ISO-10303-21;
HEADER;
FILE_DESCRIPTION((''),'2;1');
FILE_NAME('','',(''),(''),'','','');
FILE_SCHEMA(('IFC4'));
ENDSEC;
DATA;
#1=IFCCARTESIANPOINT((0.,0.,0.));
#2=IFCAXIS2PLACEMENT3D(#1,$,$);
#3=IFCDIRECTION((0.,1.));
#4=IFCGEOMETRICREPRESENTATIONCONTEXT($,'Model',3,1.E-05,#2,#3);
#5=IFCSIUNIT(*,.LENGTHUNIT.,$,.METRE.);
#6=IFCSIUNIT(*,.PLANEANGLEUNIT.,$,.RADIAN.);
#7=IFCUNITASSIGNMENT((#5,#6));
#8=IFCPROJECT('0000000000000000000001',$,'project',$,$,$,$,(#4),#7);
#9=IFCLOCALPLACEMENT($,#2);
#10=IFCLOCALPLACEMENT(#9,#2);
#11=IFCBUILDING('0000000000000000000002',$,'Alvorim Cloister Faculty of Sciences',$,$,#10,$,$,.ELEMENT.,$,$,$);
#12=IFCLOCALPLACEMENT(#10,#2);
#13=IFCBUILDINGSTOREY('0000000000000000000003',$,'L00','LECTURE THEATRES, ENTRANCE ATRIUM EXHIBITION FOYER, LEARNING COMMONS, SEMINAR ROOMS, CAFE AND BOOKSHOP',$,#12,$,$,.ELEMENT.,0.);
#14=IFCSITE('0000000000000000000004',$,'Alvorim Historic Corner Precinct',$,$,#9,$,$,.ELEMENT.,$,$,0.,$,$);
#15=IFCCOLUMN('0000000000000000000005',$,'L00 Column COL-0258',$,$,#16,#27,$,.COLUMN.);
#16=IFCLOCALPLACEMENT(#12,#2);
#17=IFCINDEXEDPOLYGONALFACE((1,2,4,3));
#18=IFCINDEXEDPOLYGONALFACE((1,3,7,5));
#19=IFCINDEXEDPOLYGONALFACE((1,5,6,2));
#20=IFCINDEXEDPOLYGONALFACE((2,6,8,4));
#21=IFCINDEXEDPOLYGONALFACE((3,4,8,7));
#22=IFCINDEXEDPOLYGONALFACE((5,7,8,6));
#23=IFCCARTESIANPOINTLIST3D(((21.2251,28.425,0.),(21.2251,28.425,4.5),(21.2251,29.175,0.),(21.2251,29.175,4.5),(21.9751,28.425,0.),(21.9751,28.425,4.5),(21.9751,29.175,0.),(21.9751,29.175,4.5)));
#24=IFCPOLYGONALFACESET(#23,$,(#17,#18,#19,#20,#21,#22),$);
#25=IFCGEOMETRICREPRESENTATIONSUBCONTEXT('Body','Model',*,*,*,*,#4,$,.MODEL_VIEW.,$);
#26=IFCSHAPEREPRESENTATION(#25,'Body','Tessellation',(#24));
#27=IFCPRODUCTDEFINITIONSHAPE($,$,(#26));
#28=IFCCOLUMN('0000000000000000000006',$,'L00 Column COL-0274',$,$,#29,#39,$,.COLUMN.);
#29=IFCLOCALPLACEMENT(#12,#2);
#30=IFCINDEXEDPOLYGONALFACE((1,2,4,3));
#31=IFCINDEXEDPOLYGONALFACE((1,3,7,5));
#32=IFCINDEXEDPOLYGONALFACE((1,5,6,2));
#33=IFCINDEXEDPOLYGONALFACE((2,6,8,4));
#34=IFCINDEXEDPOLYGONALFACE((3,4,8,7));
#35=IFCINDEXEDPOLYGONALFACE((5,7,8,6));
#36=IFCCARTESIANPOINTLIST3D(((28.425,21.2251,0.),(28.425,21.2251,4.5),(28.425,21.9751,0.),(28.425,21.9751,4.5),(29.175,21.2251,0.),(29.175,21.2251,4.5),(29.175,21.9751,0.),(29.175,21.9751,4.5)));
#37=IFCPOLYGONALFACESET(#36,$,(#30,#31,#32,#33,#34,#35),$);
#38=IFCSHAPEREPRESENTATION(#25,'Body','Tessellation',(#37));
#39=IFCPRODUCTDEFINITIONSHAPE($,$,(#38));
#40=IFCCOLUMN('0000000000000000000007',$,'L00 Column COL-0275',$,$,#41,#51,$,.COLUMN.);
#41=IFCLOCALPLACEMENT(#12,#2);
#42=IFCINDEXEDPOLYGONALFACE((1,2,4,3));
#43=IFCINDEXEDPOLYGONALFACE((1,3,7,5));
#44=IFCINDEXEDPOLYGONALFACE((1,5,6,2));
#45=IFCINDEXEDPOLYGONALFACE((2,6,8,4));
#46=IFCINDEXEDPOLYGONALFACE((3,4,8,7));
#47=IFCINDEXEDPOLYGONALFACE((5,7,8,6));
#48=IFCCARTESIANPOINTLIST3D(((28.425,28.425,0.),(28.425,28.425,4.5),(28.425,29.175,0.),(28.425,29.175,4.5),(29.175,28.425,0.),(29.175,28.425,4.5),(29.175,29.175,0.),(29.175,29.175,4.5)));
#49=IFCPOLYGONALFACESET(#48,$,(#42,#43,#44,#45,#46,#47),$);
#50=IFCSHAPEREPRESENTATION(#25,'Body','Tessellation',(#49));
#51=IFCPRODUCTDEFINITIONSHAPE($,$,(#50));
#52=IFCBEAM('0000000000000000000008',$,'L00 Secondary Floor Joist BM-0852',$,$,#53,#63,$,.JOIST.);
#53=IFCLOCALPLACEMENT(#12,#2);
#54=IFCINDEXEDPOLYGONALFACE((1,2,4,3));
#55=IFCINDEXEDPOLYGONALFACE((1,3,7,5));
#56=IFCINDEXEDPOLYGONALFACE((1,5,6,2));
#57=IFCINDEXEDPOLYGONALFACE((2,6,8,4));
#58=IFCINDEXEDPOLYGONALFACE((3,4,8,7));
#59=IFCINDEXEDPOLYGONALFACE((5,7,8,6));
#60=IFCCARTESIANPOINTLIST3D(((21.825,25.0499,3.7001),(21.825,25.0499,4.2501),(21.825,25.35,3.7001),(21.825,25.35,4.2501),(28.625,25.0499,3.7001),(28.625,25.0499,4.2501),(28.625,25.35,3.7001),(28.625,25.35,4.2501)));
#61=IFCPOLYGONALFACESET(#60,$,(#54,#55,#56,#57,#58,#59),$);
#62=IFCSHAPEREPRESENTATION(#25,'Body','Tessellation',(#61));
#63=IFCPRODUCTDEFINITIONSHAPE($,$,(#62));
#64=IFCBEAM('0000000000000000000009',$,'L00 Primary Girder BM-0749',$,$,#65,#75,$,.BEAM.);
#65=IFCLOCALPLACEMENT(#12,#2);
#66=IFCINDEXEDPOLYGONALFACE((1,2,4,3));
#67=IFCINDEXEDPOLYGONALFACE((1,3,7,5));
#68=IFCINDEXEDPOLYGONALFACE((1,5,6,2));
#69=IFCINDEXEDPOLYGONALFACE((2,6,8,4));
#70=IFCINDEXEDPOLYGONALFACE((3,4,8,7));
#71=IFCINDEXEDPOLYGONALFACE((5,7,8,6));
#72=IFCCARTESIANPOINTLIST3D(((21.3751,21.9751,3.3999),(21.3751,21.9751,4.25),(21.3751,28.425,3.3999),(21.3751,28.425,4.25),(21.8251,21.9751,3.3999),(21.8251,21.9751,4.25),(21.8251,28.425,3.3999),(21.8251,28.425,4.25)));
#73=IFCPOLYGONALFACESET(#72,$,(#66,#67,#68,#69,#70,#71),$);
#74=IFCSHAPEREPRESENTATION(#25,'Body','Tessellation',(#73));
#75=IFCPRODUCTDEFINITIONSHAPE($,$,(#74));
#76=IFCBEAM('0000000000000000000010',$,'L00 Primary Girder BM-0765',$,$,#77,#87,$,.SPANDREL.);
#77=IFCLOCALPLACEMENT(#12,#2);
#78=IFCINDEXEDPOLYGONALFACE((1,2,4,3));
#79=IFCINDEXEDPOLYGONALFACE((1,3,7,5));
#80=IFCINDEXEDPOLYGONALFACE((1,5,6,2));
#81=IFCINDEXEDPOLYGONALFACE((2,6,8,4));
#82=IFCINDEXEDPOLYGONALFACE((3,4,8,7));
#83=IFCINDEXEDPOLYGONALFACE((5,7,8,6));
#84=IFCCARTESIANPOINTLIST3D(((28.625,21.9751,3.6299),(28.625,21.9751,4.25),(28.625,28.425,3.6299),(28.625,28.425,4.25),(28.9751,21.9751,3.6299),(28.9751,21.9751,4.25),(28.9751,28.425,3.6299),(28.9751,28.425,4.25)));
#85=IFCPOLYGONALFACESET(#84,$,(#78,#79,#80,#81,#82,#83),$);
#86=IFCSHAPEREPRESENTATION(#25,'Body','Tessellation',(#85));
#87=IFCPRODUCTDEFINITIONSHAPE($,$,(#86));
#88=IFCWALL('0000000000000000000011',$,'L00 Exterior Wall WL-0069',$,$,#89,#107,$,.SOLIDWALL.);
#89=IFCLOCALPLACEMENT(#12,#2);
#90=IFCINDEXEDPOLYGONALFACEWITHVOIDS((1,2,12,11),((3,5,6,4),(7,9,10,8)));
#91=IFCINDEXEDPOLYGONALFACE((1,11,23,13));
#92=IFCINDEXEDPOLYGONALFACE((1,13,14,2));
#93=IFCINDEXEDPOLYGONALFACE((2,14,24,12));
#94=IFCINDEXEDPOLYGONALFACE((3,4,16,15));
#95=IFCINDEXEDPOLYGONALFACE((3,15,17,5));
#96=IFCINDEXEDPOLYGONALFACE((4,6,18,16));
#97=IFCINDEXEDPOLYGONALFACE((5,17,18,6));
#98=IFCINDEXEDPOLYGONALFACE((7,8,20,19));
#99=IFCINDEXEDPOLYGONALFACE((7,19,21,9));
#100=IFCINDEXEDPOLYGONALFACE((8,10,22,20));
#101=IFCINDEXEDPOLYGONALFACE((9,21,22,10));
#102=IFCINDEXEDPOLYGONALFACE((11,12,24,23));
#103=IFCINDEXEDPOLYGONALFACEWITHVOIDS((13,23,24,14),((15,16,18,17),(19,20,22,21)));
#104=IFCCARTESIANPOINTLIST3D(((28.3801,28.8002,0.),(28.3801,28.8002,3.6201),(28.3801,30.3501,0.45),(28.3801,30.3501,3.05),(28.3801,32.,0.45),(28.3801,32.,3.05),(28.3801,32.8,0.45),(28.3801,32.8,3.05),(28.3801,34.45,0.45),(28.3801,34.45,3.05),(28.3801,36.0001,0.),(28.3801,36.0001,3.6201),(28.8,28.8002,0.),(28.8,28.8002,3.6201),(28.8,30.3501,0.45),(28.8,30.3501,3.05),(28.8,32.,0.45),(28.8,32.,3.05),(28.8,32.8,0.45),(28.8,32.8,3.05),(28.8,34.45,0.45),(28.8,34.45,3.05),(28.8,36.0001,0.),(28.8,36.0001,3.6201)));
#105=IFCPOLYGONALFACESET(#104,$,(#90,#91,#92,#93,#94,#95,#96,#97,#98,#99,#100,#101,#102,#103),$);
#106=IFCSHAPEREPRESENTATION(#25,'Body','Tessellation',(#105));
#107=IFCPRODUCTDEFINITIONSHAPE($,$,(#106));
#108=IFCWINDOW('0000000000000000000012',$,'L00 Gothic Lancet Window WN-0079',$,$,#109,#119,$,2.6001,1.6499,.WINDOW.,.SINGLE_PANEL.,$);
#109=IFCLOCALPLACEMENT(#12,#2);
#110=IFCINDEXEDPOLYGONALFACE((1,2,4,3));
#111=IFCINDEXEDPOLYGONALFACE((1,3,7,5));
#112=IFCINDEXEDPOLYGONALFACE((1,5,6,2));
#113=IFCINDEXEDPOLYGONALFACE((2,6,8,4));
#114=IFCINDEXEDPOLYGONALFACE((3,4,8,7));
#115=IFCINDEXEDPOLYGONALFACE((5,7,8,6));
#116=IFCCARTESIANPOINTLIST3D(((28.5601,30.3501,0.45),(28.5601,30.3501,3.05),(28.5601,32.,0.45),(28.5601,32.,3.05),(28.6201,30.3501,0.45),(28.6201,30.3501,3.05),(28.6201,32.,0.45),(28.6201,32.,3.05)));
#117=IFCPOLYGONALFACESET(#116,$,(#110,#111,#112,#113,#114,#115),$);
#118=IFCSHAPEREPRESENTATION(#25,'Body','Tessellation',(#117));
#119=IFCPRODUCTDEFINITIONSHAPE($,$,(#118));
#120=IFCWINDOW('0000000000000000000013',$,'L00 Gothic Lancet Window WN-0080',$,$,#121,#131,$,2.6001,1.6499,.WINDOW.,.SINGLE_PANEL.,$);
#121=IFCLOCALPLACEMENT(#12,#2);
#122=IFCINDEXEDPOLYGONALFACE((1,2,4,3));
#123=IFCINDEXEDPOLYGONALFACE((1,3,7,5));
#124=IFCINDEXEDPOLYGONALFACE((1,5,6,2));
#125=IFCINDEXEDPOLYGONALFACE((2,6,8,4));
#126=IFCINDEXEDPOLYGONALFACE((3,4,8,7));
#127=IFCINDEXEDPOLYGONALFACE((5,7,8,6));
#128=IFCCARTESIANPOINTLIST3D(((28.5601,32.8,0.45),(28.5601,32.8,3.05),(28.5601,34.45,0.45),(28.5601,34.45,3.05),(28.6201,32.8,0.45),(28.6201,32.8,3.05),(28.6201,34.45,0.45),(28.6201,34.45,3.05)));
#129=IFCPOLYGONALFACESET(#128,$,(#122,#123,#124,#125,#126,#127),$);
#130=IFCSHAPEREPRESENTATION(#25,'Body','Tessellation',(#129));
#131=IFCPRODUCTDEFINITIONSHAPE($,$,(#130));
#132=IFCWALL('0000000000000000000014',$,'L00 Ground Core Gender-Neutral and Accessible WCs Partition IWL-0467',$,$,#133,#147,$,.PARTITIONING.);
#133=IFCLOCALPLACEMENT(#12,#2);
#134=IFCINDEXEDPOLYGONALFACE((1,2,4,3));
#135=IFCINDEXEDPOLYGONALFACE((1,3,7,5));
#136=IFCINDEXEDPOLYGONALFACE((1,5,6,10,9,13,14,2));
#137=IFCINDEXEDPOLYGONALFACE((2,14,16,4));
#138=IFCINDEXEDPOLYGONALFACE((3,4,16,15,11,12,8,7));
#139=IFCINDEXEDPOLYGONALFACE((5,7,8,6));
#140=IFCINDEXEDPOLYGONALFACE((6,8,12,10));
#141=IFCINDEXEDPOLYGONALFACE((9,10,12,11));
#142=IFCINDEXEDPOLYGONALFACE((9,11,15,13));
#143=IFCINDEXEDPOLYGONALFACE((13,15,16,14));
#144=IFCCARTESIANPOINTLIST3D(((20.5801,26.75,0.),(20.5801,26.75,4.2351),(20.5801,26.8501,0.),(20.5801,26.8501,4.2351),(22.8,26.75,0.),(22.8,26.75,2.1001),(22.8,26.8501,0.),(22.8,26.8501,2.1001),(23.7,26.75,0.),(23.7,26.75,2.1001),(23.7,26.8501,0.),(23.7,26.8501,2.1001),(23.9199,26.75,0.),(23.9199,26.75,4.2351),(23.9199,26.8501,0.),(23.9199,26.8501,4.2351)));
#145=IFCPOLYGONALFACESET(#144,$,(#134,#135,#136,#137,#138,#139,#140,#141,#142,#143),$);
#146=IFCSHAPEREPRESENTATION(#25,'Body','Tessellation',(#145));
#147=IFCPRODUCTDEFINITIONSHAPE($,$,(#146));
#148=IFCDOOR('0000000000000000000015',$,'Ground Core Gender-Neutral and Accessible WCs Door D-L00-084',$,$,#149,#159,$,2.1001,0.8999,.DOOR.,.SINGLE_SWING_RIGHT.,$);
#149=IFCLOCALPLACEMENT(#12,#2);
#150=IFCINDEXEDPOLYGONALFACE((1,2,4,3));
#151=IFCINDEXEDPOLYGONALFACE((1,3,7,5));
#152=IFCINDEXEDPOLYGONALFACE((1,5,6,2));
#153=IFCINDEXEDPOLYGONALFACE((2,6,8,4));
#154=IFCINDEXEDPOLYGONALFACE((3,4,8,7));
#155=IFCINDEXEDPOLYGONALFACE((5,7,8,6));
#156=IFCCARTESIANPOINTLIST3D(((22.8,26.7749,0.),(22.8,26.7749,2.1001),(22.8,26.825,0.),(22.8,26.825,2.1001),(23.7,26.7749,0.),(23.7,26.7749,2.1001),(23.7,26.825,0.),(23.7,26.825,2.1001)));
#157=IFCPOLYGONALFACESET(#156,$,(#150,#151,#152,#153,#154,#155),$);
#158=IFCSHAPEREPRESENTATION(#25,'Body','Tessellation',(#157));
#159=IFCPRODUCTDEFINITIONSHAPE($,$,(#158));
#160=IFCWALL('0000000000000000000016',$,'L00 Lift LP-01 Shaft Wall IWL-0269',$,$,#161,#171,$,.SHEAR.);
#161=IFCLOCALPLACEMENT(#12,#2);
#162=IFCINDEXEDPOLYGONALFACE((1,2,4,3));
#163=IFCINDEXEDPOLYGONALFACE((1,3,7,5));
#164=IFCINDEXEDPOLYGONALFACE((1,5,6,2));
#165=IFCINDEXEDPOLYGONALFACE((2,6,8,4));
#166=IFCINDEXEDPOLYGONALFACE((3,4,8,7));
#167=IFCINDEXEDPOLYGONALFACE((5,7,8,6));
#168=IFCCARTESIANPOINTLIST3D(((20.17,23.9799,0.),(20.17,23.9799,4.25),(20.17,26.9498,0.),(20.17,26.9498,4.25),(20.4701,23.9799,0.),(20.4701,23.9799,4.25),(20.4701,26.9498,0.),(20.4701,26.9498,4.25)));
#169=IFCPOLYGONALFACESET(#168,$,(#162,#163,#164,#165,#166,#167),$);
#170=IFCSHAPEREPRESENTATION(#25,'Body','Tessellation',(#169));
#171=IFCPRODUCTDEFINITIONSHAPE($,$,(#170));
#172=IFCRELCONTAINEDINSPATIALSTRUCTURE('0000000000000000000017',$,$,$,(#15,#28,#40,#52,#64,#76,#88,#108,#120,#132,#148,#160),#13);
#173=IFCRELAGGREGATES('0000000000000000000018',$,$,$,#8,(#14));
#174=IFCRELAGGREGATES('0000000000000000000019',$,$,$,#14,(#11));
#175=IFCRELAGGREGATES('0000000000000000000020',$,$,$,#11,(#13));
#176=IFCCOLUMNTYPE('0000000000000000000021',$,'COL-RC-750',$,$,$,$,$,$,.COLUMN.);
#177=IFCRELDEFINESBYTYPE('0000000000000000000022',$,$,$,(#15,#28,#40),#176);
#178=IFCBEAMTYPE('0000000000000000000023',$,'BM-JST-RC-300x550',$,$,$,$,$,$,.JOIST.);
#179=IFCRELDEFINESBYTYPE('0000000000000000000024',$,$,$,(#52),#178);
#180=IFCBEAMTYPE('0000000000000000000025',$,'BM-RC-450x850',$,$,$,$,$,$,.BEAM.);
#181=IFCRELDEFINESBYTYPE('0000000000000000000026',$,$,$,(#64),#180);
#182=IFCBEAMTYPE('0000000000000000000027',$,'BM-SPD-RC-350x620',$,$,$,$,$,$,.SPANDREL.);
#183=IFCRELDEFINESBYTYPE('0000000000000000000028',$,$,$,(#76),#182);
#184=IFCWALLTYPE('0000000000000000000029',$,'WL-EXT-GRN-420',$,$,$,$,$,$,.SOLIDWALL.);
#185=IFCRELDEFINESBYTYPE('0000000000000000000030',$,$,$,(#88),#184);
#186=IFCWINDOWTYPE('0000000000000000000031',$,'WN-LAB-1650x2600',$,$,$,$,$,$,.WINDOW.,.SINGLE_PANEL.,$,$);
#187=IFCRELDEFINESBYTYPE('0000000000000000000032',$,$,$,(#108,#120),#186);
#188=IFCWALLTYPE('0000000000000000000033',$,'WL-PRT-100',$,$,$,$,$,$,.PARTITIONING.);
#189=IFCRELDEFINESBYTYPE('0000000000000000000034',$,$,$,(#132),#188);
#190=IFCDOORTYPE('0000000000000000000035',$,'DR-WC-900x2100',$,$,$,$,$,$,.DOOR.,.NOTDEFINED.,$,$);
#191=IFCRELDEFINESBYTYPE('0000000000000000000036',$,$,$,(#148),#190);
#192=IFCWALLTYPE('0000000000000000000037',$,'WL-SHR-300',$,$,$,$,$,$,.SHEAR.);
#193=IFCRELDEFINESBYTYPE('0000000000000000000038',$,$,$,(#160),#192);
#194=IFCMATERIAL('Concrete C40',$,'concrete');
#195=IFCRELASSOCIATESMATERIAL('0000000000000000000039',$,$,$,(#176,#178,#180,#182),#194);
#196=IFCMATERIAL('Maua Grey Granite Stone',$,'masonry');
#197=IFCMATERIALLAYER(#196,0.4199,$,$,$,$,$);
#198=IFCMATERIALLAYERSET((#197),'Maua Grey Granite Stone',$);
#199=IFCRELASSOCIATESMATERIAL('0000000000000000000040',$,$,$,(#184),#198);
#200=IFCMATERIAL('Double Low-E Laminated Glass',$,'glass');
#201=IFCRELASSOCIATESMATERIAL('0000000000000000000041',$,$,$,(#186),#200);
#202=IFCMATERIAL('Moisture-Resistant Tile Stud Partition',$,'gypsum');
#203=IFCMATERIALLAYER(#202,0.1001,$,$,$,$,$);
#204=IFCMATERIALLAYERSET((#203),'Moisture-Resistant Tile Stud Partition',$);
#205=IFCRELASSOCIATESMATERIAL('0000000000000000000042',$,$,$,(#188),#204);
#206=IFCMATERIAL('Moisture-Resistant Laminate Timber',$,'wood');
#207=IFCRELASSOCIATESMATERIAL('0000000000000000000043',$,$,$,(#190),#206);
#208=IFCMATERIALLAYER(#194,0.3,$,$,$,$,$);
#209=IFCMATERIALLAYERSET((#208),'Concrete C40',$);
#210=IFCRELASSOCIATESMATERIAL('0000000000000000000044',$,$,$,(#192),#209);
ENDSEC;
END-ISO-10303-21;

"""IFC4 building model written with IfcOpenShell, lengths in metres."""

from ifc_helpers import new_model, si_unit, direction, frame, frame_2d, origin, origin_2d, place, context, subcontext, project, spatial, rectangle, extrude, material, layer, layer_set, material_profile, profile_set, type_object, element, fill, save


model = new_model("IFC4")

# Units and contexts
model_context = context("Model", 3, precision=1e-05, world=origin(), true_north=direction((0.0, 1.0)))
body_context = subcontext(model_context, "Body", "Model", "MODEL_VIEW")
ifc_project = project(units=[si_unit("LENGTHUNIT", "METRE"), si_unit("PLANEANGLEUNIT", "RADIAN")], contexts=[model_context])

# Site, building, storey
site_placement = place(None, origin())
site = spatial("IfcSite", under=ifc_project, at=site_placement, Name="Alvorim Historic Corner Precinct", CompositionType="ELEMENT", RefElevation=0.0)
building_placement = place(site_placement, origin())
building = spatial("IfcBuilding", under=site, at=building_placement, Name="Alvorim Cloister Faculty of Sciences", CompositionType="ELEMENT")
storey_placement = place(building_placement, origin())
storey = spatial("IfcBuildingStorey", under=building, at=storey_placement, Name="L00", Description="LECTURE THEATRES, ENTRANCE ATRIUM EXHIBITION FOYER, LEARNING COMMONS, SEMINAR ROOMS, CAFE AND BOOKSHOP", CompositionType="ELEMENT", Elevation=0.0)

# Columns
ifc_material_1 = material(Name="Concrete C40", Category="concrete")
ifc_material_profile_1 = material_profile(ifc_material_1, rectangle(XDim=0.75, YDim=0.75, at=origin_2d()), Name="RC40-COL-750x750")
ifc_profile_set_1 = profile_set([ifc_material_profile_1], Name="Concrete C40")
column_type = type_object("IfcColumnType", Name="COL-RC-750", PredefinedType="COLUMN", material=ifc_profile_set_1)
for number, where, z_axis, x_axis, name in (
    (1, (21.6001, 28.8, 0.0), (0.0, 0.0, 1.0), (1.0, 0.0, 0.0), "L00 Column COL-0258"),
    (2, (28.8, 21.6001, 0.0), (0.0, 0.0, 1.0), (1.0, 0.0, 0.0), "L00 Column COL-0274"),
    (3, (28.8, 28.8, 0.0), (0.0, 0.0, 1.0), (1.0, 0.0, 0.0), "L00 Column COL-0275"),
):
    element("IfcColumn", number, at=place(storey_placement, frame(where, z_axis=z_axis, x_axis=x_axis)), inside=storey, type_object=column_type, Name=name, PredefinedType="COLUMN", context=body_context, shape_type="SweptSolid", body=[
        extrude(rectangle(XDim=0.75, YDim=0.75, at=origin_2d()), origin(), (0.0, 0.0, 1.0), 4.5),
    ])

# Beams
ifc_material_profile_2 = material_profile(ifc_material_1, rectangle(XDim=0.3, YDim=0.55, at=origin_2d()), Name="RC40-JST-300x550")
ifc_profile_set_2 = profile_set([ifc_material_profile_2], Name="Concrete C40")
beam_type_1 = type_object("IfcBeamType", Name="BM-JST-RC-300x550", PredefinedType="JOIST", material=ifc_profile_set_2)
beam_1_placement = place(storey_placement, frame((21.825, 25.2, 3.9751), z_axis=(1.0, 0.0, 0.0), x_axis=(0.0, 1.0, 0.0)))
element("IfcBeam", 4, at=beam_1_placement, inside=storey, type_object=beam_type_1, Name="L00 Secondary Floor Joist BM-0852", PredefinedType="JOIST", context=body_context, shape_type="SweptSolid", body=[
    extrude(rectangle(XDim=0.3, YDim=0.55, at=origin_2d()), origin(), (0.0, 0.0, 1.0), 6.8),
])
ifc_material_profile_3 = material_profile(ifc_material_1, rectangle(XDim=0.45, YDim=0.8501, at=origin_2d()), Name="RC40-BM-450x850")
ifc_profile_set_3 = profile_set([ifc_material_profile_3], Name="Concrete C40")
beam_type_2 = type_object("IfcBeamType", Name="BM-RC-450x850", PredefinedType="BEAM", material=ifc_profile_set_3)
beam_2_placement = place(storey_placement, frame((21.6001, 21.9751, 3.825), z_axis=(0.0, 1.0, 0.0), x_axis=(-1.0, 0.0, 0.0)))
element("IfcBeam", 5, at=beam_2_placement, inside=storey, type_object=beam_type_2, Name="L00 Primary Girder BM-0749", PredefinedType="BEAM", context=body_context, shape_type="SweptSolid", body=[
    extrude(rectangle(XDim=0.45, YDim=0.8501, at=origin_2d()), origin(), (0.0, 0.0, 1.0), 6.45),
])
ifc_material_profile_4 = material_profile(ifc_material_1, rectangle(XDim=0.3501, YDim=0.6201, at=origin_2d()), Name="RC40-SPD-350x620")
ifc_profile_set_4 = profile_set([ifc_material_profile_4], Name="Concrete C40")
beam_type_3 = type_object("IfcBeamType", Name="BM-SPD-RC-350x620", PredefinedType="SPANDREL", material=ifc_profile_set_4)
beam_3_placement = place(storey_placement, frame((28.8, 21.9751, 3.9399), z_axis=(0.0, 1.0, 0.0), x_axis=(-1.0, 0.0, 0.0)))
element("IfcBeam", 6, at=beam_3_placement, inside=storey, type_object=beam_type_3, Name="L00 Primary Girder BM-0765", PredefinedType="SPANDREL", context=body_context, shape_type="SweptSolid", body=[
    extrude(rectangle(XDim=0.3501, YDim=0.6201, at=origin_2d()), origin(), (0.0, 0.0, 1.0), 6.45),
])

# Wall, openings, windows
ifc_material_2 = material(Name="Maua Grey Granite Stone", Category="masonry")
ifc_layer_1 = layer(ifc_material_2, 0.4199)
ifc_layer_set_1 = layer_set([ifc_layer_1], Name="Maua Grey Granite Stone")
wall_type_1 = type_object("IfcWallType", Name="WL-EXT-GRN-420", PredefinedType="SOLIDWALL", material=ifc_layer_set_1)
wall_1_placement = place(storey_placement, frame((28.5901, 28.8, 0.0), z_axis=(0.0, 0.0, 1.0), x_axis=(0.0, 1.0, 0.0)))
wall_1 = element("IfcWall", 7, at=wall_1_placement, inside=storey, type_object=wall_type_1, Name="L00 Exterior Wall WL-0069", PredefinedType="SOLIDWALL", context=body_context, shape_type="SweptSolid", body=[
    extrude(rectangle(XDim=7.2, YDim=0.4199, at=frame_2d((3.6001, 0.0))), origin(), (0.0, 0.0, 1.0), 3.6201),
])
opening_1_placement = place(wall_1_placement, frame((1.55, 0.0, 0.45)))
opening_1 = element("IfcOpeningElement", 8, at=opening_1_placement, cuts=wall_1, PredefinedType="OPENING", context=body_context, shape_type="SweptSolid", body=[
    extrude(rectangle(XDim=1.6499, YDim=2.6001, at=frame_2d((0.825, 1.3))), frame((0.0, 0.2219, 0.0), z_axis=(0.0, -1.0, 0.0), x_axis=(1.0, 0.0, 0.0)), (0.0, 0.0, 1.0), 0.4438),
])
opening_2_placement = place(wall_1_placement, frame((4.0, 0.0, 0.45)))
opening_2 = element("IfcOpeningElement", 9, at=opening_2_placement, cuts=wall_1, PredefinedType="OPENING", context=body_context, shape_type="SweptSolid", body=[
    extrude(rectangle(XDim=1.6499, YDim=2.6001, at=frame_2d((0.825, 1.3))), frame((0.0, 0.2219, 0.0), z_axis=(0.0, -1.0, 0.0), x_axis=(1.0, 0.0, 0.0)), (0.0, 0.0, 1.0), 0.4438),
])
ifc_material_3 = material(Name="Double Low-E Laminated Glass", Category="glass")
window_type = type_object("IfcWindowType", Name="WN-LAB-1650x2600", PartitioningType="SINGLE_PANEL", PredefinedType="WINDOW", material=ifc_material_3)
window_1_placement = place(opening_1_placement, origin())
window_1 = element("IfcWindow", 10, at=window_1_placement, inside=storey, type_object=window_type, Name="L00 Gothic Lancet Window WN-0079", OverallHeight=2.6001, OverallWidth=1.6499, PartitioningType="SINGLE_PANEL", PredefinedType="WINDOW", context=body_context, shape_type="SweptSolid", body=[
    extrude(rectangle(XDim=1.6499, YDim=2.6001, at=frame_2d((0.825, 1.3))), frame((0.0, 0.03, 0.0), z_axis=(0.0, -1.0, 0.0), x_axis=(1.0, 0.0, 0.0)), (0.0, 0.0, 1.0), 0.0601),
])
fill(opening_1, window_1)
window_2_placement = place(opening_2_placement, origin())
window_2 = element("IfcWindow", 11, at=window_2_placement, inside=storey, type_object=window_type, Name="L00 Gothic Lancet Window WN-0080", OverallHeight=2.6001, OverallWidth=1.6499, PartitioningType="SINGLE_PANEL", PredefinedType="WINDOW", context=body_context, shape_type="SweptSolid", body=[
    extrude(rectangle(XDim=1.6499, YDim=2.6001, at=frame_2d((0.825, 1.3))), frame((0.0, 0.03, 0.0), z_axis=(0.0, -1.0, 0.0), x_axis=(1.0, 0.0, 0.0)), (0.0, 0.0, 1.0), 0.0601),
])
fill(opening_2, window_2)

# Wall, opening, door
ifc_material_4 = material(Name="Moisture-Resistant Tile Stud Partition", Category="gypsum")
ifc_layer_2 = layer(ifc_material_4, 0.1001)
ifc_layer_set_2 = layer_set([ifc_layer_2], Name="Moisture-Resistant Tile Stud Partition")
wall_type_2 = type_object("IfcWallType", Name="WL-PRT-100", PredefinedType="PARTITIONING", material=ifc_layer_set_2)
wall_2_placement = place(storey_placement, frame((20.5801, 26.8, 0.0), z_axis=(0.0, 0.0, 1.0), x_axis=(1.0, 0.0, 0.0)))
wall_2 = element("IfcWall", 12, at=wall_2_placement, inside=storey, type_object=wall_type_2, Name="L00 Ground Core Gender-Neutral and Accessible WCs Partition IWL-0467", PredefinedType="PARTITIONING", context=body_context, shape_type="SweptSolid", body=[
    extrude(rectangle(XDim=3.3398, YDim=0.1001, at=frame_2d((1.6699, 0.0))), origin(), (0.0, 0.0, 1.0), 4.2351),
])
opening_3_placement = place(wall_2_placement, frame((2.22, 0.0, 0.0)))
opening_3 = element("IfcOpeningElement", 13, at=opening_3_placement, cuts=wall_2, PredefinedType="OPENING", context=body_context, shape_type="SweptSolid", body=[
    extrude(rectangle(XDim=0.8999, YDim=2.1001, at=frame_2d((0.45, 1.05))), frame((0.0, 0.062, 0.0), z_axis=(0.0, -1.0, 0.0), x_axis=(1.0, 0.0, 0.0)), (0.0, 0.0, 1.0), 0.124),
])
ifc_material_5 = material(Name="Moisture-Resistant Laminate Timber", Category="wood")
door_type = type_object("IfcDoorType", Name="DR-WC-900x2100", OperationType="NOTDEFINED", PredefinedType="DOOR", material=ifc_material_5)
door_placement = place(opening_3_placement, origin())
door = element("IfcDoor", 14, at=door_placement, inside=storey, type_object=door_type, Name="Ground Core Gender-Neutral and Accessible WCs Door D-L00-084", OperationType="SINGLE_SWING_RIGHT", OverallHeight=2.1001, OverallWidth=0.8999, PredefinedType="DOOR", context=body_context, shape_type="SweptSolid", body=[
    extrude(rectangle(XDim=0.8999, YDim=2.1001, at=frame_2d((0.45, 1.05))), frame((0.0, 0.0249, 0.0), z_axis=(0.0, -1.0, 0.0), x_axis=(1.0, 0.0, 0.0)), (0.0, 0.0, 1.0), 0.05),
])
fill(opening_3, door)

# Wall
ifc_layer_3 = layer(ifc_material_1, 0.3)
ifc_layer_set_3 = layer_set([ifc_layer_3], Name="Concrete C40")
wall_type_3 = type_object("IfcWallType", Name="WL-SHR-300", PredefinedType="SHEAR", material=ifc_layer_set_3)
wall_3_placement = place(storey_placement, frame((20.3201, 23.98, 0.0), z_axis=(0.0, 0.0, 1.0), x_axis=(0.0, 1.0, 0.0)))
element("IfcWall", 15, at=wall_3_placement, inside=storey, type_object=wall_type_3, Name="L00 Lift LP-01 Shaft Wall IWL-0269", PredefinedType="SHEAR", context=body_context, shape_type="SweptSolid", body=[
    extrude(rectangle(XDim=2.97, YDim=0.3, at=frame_2d((1.4849, 0.0))), origin(), (0.0, 0.0, 1.0), 4.25),
])

save(model, "model.ifc")
